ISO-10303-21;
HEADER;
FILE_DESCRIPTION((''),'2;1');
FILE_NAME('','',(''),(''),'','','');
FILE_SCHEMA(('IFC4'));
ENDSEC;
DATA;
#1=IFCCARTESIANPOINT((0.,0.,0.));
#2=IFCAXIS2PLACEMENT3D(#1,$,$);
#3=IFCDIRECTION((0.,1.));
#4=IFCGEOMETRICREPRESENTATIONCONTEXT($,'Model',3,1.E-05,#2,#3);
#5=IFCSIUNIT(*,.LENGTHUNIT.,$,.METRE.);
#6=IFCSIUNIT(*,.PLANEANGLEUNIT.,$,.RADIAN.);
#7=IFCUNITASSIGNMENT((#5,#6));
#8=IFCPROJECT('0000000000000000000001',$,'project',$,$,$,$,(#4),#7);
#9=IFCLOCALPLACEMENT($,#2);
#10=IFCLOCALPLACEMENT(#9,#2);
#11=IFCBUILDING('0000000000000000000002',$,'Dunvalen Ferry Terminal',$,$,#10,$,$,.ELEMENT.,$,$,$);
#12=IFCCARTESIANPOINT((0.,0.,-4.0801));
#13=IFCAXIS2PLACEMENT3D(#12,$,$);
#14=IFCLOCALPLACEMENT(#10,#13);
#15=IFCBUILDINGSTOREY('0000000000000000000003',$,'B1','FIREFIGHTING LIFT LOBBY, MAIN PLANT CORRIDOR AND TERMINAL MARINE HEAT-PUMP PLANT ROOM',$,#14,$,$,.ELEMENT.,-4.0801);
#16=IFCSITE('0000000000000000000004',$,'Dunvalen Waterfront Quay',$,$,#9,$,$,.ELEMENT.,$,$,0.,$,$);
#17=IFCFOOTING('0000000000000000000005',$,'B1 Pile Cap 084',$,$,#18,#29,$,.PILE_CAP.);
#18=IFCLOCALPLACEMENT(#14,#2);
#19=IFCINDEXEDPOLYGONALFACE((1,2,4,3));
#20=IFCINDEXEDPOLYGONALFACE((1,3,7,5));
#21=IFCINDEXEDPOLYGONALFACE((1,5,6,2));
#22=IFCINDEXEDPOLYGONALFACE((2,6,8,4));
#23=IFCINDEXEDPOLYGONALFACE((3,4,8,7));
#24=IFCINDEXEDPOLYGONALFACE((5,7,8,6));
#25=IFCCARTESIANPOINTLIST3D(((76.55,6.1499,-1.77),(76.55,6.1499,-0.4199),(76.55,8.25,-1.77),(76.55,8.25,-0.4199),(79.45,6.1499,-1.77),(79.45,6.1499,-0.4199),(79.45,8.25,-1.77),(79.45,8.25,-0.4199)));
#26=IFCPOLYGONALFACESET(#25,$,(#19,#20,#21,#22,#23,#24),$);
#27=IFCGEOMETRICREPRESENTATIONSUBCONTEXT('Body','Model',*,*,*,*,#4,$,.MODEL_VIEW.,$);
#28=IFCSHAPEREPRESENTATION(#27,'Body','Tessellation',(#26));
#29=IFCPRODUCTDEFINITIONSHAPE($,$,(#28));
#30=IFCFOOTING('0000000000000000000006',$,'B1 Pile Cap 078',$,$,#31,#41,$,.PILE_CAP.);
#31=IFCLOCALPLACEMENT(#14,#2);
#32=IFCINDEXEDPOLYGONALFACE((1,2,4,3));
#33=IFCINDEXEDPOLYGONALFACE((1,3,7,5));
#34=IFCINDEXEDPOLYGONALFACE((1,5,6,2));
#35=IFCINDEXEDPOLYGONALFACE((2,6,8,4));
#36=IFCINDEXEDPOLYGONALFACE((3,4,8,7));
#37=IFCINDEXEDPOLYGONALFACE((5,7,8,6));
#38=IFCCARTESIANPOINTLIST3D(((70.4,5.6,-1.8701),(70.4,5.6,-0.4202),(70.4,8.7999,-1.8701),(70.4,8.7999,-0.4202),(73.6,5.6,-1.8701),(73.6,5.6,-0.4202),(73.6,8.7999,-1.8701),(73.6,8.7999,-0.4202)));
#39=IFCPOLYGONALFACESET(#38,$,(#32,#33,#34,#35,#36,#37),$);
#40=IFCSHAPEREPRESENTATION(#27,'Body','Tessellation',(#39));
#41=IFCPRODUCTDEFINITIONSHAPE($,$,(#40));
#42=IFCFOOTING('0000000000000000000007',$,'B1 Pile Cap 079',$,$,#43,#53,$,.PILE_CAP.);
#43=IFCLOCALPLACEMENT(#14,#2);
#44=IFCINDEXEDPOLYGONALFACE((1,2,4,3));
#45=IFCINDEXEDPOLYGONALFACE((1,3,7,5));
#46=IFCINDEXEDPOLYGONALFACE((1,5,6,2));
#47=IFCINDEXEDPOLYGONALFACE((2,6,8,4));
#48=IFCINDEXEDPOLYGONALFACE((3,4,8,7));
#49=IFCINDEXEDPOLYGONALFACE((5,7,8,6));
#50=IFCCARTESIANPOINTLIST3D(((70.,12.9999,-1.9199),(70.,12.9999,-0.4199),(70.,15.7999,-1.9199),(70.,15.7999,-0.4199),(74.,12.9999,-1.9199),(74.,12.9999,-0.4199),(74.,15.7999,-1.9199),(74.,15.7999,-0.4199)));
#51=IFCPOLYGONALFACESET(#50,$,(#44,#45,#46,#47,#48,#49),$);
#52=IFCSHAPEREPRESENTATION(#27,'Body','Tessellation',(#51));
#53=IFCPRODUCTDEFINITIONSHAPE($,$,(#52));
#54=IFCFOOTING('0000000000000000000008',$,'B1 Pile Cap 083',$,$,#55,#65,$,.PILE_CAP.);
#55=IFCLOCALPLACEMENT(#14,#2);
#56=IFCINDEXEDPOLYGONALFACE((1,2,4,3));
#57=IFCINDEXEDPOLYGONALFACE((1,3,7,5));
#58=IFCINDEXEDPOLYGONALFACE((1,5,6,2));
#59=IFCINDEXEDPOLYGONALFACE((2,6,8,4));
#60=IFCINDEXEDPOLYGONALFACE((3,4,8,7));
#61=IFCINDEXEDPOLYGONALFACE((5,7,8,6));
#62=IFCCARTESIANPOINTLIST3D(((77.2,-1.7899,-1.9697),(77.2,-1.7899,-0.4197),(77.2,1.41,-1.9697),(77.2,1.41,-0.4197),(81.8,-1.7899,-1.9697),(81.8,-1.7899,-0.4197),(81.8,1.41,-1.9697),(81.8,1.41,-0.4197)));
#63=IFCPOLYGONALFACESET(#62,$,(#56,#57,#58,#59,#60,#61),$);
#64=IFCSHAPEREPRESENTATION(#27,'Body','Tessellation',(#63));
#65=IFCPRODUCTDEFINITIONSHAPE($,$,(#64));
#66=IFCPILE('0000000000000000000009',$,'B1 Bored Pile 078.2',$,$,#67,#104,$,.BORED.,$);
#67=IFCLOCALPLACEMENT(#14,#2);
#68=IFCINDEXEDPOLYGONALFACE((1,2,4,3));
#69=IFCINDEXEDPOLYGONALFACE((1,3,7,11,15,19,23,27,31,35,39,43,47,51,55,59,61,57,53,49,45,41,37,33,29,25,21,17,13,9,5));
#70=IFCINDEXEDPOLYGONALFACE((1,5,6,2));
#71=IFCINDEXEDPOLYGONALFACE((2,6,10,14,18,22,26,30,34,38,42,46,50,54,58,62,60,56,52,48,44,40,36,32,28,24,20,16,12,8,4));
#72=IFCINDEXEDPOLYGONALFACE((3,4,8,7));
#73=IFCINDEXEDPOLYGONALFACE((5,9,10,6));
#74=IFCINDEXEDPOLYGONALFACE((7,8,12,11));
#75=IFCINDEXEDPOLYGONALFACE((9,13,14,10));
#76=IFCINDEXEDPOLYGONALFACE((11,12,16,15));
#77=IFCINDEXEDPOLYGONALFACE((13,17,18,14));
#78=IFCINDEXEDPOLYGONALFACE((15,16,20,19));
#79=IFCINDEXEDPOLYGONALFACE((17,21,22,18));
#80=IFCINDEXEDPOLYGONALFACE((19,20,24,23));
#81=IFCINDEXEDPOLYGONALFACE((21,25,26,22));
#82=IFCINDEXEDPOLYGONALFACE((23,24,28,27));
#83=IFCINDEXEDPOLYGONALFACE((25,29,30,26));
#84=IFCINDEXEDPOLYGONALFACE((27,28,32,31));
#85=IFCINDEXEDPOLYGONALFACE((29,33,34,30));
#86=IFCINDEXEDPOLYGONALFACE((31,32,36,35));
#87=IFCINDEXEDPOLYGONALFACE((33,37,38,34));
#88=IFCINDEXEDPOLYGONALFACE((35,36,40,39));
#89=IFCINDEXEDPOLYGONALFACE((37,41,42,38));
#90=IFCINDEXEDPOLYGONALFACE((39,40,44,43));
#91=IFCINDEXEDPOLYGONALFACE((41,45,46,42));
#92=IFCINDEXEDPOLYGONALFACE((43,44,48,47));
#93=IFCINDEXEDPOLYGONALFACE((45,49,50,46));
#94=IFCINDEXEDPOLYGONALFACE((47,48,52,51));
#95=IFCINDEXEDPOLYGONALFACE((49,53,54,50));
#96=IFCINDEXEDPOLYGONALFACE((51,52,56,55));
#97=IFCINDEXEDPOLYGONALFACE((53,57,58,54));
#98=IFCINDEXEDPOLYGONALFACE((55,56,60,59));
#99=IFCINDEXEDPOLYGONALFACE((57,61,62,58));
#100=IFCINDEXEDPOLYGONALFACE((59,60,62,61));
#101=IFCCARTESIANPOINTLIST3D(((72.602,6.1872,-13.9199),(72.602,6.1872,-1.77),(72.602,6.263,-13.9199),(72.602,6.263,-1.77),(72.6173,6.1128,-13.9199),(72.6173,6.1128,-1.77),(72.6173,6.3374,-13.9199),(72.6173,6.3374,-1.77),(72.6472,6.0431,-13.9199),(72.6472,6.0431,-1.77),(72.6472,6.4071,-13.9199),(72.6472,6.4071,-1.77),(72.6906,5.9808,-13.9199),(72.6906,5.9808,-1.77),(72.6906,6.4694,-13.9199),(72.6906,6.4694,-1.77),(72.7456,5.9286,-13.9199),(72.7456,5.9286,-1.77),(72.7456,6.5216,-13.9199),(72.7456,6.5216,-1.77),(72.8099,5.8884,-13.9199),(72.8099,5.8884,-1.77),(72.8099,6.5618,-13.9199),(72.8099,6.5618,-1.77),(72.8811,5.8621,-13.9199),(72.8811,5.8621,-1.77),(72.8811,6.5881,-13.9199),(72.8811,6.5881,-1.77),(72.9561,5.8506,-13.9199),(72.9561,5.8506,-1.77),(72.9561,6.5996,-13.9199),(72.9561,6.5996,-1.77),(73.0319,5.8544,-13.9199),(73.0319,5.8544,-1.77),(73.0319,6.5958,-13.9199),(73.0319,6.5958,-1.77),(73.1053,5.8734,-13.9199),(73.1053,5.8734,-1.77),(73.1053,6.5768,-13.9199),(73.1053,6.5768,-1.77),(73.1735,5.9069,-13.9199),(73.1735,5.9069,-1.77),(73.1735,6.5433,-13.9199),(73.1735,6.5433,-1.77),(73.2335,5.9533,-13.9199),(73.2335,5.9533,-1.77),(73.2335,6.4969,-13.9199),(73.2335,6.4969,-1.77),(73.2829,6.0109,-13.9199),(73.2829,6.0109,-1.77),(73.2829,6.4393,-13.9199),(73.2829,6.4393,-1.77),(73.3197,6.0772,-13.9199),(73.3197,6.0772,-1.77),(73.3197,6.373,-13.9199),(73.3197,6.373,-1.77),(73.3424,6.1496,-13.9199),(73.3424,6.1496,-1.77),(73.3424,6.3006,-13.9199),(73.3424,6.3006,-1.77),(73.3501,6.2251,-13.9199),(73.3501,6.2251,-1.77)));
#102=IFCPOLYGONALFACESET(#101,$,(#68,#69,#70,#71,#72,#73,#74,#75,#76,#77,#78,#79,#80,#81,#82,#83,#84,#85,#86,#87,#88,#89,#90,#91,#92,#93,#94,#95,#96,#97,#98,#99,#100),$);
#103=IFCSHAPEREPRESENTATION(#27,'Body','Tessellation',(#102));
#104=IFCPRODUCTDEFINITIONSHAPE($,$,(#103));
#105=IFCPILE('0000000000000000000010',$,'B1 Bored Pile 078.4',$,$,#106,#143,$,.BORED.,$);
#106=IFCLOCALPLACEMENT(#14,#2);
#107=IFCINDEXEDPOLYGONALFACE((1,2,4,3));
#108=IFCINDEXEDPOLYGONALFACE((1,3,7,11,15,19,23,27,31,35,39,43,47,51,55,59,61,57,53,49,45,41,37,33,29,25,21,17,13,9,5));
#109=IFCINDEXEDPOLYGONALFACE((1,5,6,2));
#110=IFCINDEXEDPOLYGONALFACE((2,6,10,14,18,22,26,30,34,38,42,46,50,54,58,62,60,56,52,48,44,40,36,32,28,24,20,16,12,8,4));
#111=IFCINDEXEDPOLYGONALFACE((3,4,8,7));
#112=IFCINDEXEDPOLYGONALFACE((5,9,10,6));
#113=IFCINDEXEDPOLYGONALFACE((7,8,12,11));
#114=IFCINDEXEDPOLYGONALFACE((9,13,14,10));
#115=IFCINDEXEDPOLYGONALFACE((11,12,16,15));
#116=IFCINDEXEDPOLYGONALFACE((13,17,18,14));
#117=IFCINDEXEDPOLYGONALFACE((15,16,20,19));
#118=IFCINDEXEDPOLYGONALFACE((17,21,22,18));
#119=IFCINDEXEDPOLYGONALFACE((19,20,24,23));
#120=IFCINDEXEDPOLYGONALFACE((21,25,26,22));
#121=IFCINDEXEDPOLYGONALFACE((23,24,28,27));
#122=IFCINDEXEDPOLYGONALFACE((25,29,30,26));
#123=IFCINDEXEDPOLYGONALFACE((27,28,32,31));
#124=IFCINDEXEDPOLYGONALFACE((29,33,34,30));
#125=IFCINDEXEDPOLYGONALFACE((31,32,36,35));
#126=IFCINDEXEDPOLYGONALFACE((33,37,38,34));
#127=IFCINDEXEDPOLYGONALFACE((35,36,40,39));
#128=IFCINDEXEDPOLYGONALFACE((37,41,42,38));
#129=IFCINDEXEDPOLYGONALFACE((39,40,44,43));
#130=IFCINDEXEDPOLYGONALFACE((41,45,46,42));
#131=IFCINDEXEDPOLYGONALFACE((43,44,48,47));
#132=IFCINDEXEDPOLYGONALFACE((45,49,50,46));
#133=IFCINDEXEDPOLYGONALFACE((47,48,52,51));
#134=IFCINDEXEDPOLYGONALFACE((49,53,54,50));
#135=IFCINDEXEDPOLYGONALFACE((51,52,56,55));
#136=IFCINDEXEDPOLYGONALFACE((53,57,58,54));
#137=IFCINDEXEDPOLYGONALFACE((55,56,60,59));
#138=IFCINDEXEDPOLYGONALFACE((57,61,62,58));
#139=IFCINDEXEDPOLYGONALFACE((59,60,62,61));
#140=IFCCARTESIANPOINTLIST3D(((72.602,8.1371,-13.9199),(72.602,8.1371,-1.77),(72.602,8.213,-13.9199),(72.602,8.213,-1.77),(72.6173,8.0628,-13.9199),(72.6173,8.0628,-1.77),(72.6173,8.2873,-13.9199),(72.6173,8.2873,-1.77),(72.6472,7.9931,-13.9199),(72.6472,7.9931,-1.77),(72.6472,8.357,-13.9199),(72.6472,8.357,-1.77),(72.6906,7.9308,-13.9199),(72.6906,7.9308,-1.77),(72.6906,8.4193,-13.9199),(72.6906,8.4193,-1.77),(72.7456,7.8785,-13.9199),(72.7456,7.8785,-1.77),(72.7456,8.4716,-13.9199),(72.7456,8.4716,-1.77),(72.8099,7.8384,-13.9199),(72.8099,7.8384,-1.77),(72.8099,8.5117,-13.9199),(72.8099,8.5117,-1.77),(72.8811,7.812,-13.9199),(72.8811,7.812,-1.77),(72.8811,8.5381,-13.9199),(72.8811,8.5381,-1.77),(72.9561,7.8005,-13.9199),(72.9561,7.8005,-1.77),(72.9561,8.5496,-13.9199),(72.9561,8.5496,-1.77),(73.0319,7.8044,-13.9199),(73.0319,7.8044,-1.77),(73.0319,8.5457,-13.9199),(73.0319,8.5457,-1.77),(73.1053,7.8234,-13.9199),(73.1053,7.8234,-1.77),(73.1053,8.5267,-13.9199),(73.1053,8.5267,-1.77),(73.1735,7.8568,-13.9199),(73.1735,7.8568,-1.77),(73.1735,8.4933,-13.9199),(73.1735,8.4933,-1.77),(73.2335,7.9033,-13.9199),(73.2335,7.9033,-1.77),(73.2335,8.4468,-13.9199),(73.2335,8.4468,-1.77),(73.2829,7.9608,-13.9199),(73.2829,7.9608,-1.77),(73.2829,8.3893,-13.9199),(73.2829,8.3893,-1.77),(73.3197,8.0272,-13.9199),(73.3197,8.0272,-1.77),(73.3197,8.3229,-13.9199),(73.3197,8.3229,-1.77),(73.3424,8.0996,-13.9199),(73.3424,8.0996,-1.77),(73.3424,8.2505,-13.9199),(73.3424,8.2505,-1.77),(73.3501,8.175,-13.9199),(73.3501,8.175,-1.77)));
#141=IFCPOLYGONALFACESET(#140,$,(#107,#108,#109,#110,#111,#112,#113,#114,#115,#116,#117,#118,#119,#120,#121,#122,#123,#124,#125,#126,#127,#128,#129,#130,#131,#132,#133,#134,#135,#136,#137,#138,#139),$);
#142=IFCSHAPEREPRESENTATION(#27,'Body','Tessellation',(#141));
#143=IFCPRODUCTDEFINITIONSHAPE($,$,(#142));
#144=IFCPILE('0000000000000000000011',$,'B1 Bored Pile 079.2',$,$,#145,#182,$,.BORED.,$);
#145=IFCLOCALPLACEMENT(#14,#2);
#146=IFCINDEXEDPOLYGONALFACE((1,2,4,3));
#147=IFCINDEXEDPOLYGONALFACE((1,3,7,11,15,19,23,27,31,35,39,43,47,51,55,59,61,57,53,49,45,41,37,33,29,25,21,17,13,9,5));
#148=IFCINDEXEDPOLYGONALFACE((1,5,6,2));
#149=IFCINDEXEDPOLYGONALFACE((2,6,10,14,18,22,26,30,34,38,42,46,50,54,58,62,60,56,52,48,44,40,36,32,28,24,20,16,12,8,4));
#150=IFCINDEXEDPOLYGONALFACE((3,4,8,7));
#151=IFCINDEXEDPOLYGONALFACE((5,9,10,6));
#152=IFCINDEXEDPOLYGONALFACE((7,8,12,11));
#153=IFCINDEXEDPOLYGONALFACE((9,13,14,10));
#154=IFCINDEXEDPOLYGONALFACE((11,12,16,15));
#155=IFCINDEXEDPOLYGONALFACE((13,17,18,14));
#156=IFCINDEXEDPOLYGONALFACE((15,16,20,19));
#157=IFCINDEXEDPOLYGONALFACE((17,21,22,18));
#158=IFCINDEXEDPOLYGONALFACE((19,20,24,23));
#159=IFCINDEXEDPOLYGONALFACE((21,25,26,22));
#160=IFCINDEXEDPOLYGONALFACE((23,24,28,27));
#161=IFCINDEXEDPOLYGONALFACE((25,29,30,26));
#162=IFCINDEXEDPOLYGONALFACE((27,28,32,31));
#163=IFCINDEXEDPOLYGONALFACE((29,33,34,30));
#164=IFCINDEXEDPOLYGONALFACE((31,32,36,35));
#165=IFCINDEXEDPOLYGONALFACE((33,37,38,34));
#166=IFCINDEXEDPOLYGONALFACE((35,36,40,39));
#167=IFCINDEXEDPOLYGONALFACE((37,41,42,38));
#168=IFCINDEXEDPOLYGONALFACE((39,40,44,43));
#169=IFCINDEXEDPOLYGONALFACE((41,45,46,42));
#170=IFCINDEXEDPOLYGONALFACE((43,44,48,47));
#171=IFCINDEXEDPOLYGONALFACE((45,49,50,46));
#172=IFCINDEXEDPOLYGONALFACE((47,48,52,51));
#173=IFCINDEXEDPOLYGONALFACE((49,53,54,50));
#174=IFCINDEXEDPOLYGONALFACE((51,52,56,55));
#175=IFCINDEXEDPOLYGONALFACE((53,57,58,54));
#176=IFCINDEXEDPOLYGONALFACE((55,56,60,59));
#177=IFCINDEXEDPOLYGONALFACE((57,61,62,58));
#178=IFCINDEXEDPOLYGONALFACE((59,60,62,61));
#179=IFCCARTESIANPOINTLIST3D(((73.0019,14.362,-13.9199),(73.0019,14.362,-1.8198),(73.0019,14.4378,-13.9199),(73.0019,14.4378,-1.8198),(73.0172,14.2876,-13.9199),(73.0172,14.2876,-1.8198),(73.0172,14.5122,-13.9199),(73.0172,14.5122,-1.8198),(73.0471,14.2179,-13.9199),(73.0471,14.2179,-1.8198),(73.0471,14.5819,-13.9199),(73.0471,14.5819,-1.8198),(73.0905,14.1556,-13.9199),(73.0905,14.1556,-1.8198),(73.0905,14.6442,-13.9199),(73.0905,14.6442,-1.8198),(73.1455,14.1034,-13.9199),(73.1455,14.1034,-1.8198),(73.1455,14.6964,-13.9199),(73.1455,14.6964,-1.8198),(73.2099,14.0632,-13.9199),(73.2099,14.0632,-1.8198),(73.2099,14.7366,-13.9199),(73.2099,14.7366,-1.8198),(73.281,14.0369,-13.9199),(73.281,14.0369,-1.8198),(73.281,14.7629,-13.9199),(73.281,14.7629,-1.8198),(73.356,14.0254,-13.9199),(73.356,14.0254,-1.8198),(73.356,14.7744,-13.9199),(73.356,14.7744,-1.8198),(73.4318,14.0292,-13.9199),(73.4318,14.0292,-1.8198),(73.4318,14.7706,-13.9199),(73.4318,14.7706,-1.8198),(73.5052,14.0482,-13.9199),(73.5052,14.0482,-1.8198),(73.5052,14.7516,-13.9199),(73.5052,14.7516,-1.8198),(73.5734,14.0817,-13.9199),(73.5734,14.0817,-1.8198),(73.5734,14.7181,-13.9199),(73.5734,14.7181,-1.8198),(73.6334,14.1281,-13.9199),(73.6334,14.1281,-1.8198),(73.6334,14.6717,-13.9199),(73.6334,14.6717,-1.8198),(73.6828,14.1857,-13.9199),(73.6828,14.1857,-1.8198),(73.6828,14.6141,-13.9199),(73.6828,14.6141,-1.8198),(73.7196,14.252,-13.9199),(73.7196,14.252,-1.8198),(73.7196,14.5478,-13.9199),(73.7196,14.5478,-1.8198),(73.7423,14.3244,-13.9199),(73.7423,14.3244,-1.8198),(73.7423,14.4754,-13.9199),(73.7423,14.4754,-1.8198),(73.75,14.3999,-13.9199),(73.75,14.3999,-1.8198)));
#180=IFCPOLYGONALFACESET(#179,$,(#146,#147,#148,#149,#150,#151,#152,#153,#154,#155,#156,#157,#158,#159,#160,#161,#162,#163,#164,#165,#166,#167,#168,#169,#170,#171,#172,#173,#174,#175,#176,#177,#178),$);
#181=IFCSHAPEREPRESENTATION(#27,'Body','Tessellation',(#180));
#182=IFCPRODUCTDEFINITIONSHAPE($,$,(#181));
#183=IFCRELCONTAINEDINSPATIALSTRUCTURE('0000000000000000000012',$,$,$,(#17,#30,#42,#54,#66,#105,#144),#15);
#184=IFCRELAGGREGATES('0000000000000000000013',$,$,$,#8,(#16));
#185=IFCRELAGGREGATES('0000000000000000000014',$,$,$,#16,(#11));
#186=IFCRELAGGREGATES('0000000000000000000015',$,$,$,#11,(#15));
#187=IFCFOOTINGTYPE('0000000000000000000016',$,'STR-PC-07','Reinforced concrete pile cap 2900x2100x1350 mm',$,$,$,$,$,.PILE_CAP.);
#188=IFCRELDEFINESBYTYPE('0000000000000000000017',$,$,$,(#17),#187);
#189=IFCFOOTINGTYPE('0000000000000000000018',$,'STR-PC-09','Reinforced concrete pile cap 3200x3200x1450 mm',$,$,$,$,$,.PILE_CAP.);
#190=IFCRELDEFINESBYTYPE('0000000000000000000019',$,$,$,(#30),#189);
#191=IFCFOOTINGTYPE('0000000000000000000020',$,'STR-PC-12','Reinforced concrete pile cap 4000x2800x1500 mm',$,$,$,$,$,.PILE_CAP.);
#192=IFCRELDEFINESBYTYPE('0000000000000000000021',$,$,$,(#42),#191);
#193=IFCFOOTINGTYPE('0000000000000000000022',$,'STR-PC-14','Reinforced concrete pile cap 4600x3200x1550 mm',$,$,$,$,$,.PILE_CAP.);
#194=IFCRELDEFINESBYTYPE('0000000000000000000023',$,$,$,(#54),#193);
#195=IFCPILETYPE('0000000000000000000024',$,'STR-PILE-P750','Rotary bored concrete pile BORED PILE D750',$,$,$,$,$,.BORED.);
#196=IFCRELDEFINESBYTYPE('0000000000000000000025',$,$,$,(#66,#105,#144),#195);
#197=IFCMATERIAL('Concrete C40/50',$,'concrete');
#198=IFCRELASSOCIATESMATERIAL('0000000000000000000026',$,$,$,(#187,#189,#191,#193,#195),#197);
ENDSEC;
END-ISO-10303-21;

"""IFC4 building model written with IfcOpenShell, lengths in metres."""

from ifc_helpers import new_model, si_unit, direction, frame, origin, origin_2d, place, context, subcontext, project, spatial, rectangle, circle, extrude, material, material_profile, profile_set, type_object, element, save


model = new_model("IFC4")

# Units and contexts
model_context = context("Model", 3, precision=1e-05, world=origin(), true_north=direction((0.0, 1.0)))
body_context = subcontext(model_context, "Body", "Model", "MODEL_VIEW")
ifc_project = project(units=[si_unit("LENGTHUNIT", "METRE"), si_unit("PLANEANGLEUNIT", "RADIAN")], contexts=[model_context])

# Site, building, storey
site_placement = place(None, origin())
site = spatial("IfcSite", under=ifc_project, at=site_placement, Name="Dunvalen Waterfront Quay", CompositionType="ELEMENT", RefElevation=0.0)
building_placement = place(site_placement, origin())
building = spatial("IfcBuilding", under=site, at=building_placement, Name="Dunvalen Ferry Terminal", CompositionType="ELEMENT")
storey_placement = place(building_placement, frame((0.0, 0.0, -4.0801)))
storey = spatial("IfcBuildingStorey", under=building, at=storey_placement, Name="B1", Description="FIREFIGHTING LIFT LOBBY, MAIN PLANT CORRIDOR AND TERMINAL MARINE HEAT-PUMP PLANT ROOM", CompositionType="ELEMENT", Elevation=-4.0801)

# Footings
ifc_material = material(Name="Concrete C40/50", Category="concrete")
footing_type_1 = type_object("IfcFootingType", Name="STR-PC-07", Description="Reinforced concrete pile cap 2900x2100x1350 mm", PredefinedType="PILE_CAP", material=ifc_material)
footing_1_placement = place(storey_placement, frame((78.0, 7.2, -1.77), z_axis=(0.0, 0.0, 1.0), x_axis=(1.0, 0.0, 0.0)))
element("IfcFooting", 1, at=footing_1_placement, inside=storey, type_object=footing_type_1, Name="B1 Pile Cap 084", PredefinedType="PILE_CAP", context=body_context, shape_type="SweptSolid", body=[
    extrude(rectangle(XDim=2.8999, YDim=2.1001, at=origin_2d()), origin(), (0.0, 0.0, 1.0), 1.3501),
])
footing_type_2 = type_object("IfcFootingType", Name="STR-PC-09", Description="Reinforced concrete pile cap 3200x3200x1450 mm", PredefinedType="PILE_CAP", material=ifc_material)
footing_2_placement = place(storey_placement, frame((72.0, 7.2, -1.8701), z_axis=(0.0, 0.0, 1.0), x_axis=(1.0, 0.0, 0.0)))
element("IfcFooting", 2, at=footing_2_placement, inside=storey, type_object=footing_type_2, Name="B1 Pile Cap 078", PredefinedType="PILE_CAP", context=body_context, shape_type="SweptSolid", body=[
    extrude(rectangle(XDim=3.2, YDim=3.2, at=origin_2d()), origin(), (0.0, 0.0, 1.0), 1.45),
])
footing_type_3 = type_object("IfcFootingType", Name="STR-PC-12", Description="Reinforced concrete pile cap 4000x2800x1500 mm", PredefinedType="PILE_CAP", material=ifc_material)
footing_3_placement = place(storey_placement, frame((72.0, 14.3999, -1.9199), z_axis=(0.0, 0.0, 1.0), x_axis=(1.0, 0.0, 0.0)))
element("IfcFooting", 3, at=footing_3_placement, inside=storey, type_object=footing_type_3, Name="B1 Pile Cap 079", PredefinedType="PILE_CAP", context=body_context, shape_type="SweptSolid", body=[
    extrude(rectangle(XDim=4.0, YDim=2.8, at=origin_2d()), origin(), (0.0, 0.0, 1.0), 1.5),
])
footing_type_4 = type_object("IfcFootingType", Name="STR-PC-14", Description="Reinforced concrete pile cap 4600x3200x1550 mm", PredefinedType="PILE_CAP", material=ifc_material)
footing_4_placement = place(storey_placement, frame((79.5, -0.1899, -1.9697), z_axis=(0.0, 0.0, 1.0), x_axis=(1.0, 0.0, 0.0)))
element("IfcFooting", 4, at=footing_4_placement, inside=storey, type_object=footing_type_4, Name="B1 Pile Cap 083", PredefinedType="PILE_CAP", context=body_context, shape_type="SweptSolid", body=[
    extrude(rectangle(XDim=4.6001, YDim=3.2, at=origin_2d()), origin(), (0.0, 0.0, 1.0), 1.55),
])

# Piles
ifc_material_profile_1 = material_profile(ifc_material, circle(Radius=0.375, at=origin_2d()), Name="Concrete C40/50")
ifc_profile_set_1 = profile_set([ifc_material_profile_1], Name="Concrete C40/50")
pile_type_1 = type_object("IfcPileType", Name="STR-PILE-P750", Description="Rotary bored concrete pile BORED PILE D750", PredefinedType="BORED", material=ifc_profile_set_1)
for number, where, z_axis, x_axis, name in (
    (5, (72.9751, 6.2251, -1.77), (0.0, 0.0, -1.0), (1.0, 0.0, 0.0), "B1 Bored Pile 078.2"),
    (6, (72.9751, 8.175, -1.77), (0.0, 0.0, -1.0), (1.0, 0.0, 0.0), "B1 Bored Pile 078.4"),
):
    element("IfcPile", number, at=place(storey_placement, frame(where, z_axis=z_axis, x_axis=x_axis)), inside=storey, type_object=pile_type_1, Name=name, PredefinedType="BORED", context=body_context, shape_type="SweptSolid", body=[
        extrude(circle(Radius=0.375, at=origin_2d()), origin(), (0.0, 0.0, 1.0), 12.1499),
    ])
pile_1_placement = place(storey_placement, frame((73.375, 14.3999, -1.8198), z_axis=(0.0, 0.0, -1.0), x_axis=(1.0, 0.0, 0.0)))
element("IfcPile", 7, at=pile_1_placement, inside=storey, type_object=pile_type_1, Name="B1 Bored Pile 079.2", PredefinedType="BORED", context=body_context, shape_type="SweptSolid", body=[
    extrude(circle(Radius=0.375, at=origin_2d()), origin(), (0.0, 0.0, 1.0), 12.1001),
])

save(model, "model.ifc")
